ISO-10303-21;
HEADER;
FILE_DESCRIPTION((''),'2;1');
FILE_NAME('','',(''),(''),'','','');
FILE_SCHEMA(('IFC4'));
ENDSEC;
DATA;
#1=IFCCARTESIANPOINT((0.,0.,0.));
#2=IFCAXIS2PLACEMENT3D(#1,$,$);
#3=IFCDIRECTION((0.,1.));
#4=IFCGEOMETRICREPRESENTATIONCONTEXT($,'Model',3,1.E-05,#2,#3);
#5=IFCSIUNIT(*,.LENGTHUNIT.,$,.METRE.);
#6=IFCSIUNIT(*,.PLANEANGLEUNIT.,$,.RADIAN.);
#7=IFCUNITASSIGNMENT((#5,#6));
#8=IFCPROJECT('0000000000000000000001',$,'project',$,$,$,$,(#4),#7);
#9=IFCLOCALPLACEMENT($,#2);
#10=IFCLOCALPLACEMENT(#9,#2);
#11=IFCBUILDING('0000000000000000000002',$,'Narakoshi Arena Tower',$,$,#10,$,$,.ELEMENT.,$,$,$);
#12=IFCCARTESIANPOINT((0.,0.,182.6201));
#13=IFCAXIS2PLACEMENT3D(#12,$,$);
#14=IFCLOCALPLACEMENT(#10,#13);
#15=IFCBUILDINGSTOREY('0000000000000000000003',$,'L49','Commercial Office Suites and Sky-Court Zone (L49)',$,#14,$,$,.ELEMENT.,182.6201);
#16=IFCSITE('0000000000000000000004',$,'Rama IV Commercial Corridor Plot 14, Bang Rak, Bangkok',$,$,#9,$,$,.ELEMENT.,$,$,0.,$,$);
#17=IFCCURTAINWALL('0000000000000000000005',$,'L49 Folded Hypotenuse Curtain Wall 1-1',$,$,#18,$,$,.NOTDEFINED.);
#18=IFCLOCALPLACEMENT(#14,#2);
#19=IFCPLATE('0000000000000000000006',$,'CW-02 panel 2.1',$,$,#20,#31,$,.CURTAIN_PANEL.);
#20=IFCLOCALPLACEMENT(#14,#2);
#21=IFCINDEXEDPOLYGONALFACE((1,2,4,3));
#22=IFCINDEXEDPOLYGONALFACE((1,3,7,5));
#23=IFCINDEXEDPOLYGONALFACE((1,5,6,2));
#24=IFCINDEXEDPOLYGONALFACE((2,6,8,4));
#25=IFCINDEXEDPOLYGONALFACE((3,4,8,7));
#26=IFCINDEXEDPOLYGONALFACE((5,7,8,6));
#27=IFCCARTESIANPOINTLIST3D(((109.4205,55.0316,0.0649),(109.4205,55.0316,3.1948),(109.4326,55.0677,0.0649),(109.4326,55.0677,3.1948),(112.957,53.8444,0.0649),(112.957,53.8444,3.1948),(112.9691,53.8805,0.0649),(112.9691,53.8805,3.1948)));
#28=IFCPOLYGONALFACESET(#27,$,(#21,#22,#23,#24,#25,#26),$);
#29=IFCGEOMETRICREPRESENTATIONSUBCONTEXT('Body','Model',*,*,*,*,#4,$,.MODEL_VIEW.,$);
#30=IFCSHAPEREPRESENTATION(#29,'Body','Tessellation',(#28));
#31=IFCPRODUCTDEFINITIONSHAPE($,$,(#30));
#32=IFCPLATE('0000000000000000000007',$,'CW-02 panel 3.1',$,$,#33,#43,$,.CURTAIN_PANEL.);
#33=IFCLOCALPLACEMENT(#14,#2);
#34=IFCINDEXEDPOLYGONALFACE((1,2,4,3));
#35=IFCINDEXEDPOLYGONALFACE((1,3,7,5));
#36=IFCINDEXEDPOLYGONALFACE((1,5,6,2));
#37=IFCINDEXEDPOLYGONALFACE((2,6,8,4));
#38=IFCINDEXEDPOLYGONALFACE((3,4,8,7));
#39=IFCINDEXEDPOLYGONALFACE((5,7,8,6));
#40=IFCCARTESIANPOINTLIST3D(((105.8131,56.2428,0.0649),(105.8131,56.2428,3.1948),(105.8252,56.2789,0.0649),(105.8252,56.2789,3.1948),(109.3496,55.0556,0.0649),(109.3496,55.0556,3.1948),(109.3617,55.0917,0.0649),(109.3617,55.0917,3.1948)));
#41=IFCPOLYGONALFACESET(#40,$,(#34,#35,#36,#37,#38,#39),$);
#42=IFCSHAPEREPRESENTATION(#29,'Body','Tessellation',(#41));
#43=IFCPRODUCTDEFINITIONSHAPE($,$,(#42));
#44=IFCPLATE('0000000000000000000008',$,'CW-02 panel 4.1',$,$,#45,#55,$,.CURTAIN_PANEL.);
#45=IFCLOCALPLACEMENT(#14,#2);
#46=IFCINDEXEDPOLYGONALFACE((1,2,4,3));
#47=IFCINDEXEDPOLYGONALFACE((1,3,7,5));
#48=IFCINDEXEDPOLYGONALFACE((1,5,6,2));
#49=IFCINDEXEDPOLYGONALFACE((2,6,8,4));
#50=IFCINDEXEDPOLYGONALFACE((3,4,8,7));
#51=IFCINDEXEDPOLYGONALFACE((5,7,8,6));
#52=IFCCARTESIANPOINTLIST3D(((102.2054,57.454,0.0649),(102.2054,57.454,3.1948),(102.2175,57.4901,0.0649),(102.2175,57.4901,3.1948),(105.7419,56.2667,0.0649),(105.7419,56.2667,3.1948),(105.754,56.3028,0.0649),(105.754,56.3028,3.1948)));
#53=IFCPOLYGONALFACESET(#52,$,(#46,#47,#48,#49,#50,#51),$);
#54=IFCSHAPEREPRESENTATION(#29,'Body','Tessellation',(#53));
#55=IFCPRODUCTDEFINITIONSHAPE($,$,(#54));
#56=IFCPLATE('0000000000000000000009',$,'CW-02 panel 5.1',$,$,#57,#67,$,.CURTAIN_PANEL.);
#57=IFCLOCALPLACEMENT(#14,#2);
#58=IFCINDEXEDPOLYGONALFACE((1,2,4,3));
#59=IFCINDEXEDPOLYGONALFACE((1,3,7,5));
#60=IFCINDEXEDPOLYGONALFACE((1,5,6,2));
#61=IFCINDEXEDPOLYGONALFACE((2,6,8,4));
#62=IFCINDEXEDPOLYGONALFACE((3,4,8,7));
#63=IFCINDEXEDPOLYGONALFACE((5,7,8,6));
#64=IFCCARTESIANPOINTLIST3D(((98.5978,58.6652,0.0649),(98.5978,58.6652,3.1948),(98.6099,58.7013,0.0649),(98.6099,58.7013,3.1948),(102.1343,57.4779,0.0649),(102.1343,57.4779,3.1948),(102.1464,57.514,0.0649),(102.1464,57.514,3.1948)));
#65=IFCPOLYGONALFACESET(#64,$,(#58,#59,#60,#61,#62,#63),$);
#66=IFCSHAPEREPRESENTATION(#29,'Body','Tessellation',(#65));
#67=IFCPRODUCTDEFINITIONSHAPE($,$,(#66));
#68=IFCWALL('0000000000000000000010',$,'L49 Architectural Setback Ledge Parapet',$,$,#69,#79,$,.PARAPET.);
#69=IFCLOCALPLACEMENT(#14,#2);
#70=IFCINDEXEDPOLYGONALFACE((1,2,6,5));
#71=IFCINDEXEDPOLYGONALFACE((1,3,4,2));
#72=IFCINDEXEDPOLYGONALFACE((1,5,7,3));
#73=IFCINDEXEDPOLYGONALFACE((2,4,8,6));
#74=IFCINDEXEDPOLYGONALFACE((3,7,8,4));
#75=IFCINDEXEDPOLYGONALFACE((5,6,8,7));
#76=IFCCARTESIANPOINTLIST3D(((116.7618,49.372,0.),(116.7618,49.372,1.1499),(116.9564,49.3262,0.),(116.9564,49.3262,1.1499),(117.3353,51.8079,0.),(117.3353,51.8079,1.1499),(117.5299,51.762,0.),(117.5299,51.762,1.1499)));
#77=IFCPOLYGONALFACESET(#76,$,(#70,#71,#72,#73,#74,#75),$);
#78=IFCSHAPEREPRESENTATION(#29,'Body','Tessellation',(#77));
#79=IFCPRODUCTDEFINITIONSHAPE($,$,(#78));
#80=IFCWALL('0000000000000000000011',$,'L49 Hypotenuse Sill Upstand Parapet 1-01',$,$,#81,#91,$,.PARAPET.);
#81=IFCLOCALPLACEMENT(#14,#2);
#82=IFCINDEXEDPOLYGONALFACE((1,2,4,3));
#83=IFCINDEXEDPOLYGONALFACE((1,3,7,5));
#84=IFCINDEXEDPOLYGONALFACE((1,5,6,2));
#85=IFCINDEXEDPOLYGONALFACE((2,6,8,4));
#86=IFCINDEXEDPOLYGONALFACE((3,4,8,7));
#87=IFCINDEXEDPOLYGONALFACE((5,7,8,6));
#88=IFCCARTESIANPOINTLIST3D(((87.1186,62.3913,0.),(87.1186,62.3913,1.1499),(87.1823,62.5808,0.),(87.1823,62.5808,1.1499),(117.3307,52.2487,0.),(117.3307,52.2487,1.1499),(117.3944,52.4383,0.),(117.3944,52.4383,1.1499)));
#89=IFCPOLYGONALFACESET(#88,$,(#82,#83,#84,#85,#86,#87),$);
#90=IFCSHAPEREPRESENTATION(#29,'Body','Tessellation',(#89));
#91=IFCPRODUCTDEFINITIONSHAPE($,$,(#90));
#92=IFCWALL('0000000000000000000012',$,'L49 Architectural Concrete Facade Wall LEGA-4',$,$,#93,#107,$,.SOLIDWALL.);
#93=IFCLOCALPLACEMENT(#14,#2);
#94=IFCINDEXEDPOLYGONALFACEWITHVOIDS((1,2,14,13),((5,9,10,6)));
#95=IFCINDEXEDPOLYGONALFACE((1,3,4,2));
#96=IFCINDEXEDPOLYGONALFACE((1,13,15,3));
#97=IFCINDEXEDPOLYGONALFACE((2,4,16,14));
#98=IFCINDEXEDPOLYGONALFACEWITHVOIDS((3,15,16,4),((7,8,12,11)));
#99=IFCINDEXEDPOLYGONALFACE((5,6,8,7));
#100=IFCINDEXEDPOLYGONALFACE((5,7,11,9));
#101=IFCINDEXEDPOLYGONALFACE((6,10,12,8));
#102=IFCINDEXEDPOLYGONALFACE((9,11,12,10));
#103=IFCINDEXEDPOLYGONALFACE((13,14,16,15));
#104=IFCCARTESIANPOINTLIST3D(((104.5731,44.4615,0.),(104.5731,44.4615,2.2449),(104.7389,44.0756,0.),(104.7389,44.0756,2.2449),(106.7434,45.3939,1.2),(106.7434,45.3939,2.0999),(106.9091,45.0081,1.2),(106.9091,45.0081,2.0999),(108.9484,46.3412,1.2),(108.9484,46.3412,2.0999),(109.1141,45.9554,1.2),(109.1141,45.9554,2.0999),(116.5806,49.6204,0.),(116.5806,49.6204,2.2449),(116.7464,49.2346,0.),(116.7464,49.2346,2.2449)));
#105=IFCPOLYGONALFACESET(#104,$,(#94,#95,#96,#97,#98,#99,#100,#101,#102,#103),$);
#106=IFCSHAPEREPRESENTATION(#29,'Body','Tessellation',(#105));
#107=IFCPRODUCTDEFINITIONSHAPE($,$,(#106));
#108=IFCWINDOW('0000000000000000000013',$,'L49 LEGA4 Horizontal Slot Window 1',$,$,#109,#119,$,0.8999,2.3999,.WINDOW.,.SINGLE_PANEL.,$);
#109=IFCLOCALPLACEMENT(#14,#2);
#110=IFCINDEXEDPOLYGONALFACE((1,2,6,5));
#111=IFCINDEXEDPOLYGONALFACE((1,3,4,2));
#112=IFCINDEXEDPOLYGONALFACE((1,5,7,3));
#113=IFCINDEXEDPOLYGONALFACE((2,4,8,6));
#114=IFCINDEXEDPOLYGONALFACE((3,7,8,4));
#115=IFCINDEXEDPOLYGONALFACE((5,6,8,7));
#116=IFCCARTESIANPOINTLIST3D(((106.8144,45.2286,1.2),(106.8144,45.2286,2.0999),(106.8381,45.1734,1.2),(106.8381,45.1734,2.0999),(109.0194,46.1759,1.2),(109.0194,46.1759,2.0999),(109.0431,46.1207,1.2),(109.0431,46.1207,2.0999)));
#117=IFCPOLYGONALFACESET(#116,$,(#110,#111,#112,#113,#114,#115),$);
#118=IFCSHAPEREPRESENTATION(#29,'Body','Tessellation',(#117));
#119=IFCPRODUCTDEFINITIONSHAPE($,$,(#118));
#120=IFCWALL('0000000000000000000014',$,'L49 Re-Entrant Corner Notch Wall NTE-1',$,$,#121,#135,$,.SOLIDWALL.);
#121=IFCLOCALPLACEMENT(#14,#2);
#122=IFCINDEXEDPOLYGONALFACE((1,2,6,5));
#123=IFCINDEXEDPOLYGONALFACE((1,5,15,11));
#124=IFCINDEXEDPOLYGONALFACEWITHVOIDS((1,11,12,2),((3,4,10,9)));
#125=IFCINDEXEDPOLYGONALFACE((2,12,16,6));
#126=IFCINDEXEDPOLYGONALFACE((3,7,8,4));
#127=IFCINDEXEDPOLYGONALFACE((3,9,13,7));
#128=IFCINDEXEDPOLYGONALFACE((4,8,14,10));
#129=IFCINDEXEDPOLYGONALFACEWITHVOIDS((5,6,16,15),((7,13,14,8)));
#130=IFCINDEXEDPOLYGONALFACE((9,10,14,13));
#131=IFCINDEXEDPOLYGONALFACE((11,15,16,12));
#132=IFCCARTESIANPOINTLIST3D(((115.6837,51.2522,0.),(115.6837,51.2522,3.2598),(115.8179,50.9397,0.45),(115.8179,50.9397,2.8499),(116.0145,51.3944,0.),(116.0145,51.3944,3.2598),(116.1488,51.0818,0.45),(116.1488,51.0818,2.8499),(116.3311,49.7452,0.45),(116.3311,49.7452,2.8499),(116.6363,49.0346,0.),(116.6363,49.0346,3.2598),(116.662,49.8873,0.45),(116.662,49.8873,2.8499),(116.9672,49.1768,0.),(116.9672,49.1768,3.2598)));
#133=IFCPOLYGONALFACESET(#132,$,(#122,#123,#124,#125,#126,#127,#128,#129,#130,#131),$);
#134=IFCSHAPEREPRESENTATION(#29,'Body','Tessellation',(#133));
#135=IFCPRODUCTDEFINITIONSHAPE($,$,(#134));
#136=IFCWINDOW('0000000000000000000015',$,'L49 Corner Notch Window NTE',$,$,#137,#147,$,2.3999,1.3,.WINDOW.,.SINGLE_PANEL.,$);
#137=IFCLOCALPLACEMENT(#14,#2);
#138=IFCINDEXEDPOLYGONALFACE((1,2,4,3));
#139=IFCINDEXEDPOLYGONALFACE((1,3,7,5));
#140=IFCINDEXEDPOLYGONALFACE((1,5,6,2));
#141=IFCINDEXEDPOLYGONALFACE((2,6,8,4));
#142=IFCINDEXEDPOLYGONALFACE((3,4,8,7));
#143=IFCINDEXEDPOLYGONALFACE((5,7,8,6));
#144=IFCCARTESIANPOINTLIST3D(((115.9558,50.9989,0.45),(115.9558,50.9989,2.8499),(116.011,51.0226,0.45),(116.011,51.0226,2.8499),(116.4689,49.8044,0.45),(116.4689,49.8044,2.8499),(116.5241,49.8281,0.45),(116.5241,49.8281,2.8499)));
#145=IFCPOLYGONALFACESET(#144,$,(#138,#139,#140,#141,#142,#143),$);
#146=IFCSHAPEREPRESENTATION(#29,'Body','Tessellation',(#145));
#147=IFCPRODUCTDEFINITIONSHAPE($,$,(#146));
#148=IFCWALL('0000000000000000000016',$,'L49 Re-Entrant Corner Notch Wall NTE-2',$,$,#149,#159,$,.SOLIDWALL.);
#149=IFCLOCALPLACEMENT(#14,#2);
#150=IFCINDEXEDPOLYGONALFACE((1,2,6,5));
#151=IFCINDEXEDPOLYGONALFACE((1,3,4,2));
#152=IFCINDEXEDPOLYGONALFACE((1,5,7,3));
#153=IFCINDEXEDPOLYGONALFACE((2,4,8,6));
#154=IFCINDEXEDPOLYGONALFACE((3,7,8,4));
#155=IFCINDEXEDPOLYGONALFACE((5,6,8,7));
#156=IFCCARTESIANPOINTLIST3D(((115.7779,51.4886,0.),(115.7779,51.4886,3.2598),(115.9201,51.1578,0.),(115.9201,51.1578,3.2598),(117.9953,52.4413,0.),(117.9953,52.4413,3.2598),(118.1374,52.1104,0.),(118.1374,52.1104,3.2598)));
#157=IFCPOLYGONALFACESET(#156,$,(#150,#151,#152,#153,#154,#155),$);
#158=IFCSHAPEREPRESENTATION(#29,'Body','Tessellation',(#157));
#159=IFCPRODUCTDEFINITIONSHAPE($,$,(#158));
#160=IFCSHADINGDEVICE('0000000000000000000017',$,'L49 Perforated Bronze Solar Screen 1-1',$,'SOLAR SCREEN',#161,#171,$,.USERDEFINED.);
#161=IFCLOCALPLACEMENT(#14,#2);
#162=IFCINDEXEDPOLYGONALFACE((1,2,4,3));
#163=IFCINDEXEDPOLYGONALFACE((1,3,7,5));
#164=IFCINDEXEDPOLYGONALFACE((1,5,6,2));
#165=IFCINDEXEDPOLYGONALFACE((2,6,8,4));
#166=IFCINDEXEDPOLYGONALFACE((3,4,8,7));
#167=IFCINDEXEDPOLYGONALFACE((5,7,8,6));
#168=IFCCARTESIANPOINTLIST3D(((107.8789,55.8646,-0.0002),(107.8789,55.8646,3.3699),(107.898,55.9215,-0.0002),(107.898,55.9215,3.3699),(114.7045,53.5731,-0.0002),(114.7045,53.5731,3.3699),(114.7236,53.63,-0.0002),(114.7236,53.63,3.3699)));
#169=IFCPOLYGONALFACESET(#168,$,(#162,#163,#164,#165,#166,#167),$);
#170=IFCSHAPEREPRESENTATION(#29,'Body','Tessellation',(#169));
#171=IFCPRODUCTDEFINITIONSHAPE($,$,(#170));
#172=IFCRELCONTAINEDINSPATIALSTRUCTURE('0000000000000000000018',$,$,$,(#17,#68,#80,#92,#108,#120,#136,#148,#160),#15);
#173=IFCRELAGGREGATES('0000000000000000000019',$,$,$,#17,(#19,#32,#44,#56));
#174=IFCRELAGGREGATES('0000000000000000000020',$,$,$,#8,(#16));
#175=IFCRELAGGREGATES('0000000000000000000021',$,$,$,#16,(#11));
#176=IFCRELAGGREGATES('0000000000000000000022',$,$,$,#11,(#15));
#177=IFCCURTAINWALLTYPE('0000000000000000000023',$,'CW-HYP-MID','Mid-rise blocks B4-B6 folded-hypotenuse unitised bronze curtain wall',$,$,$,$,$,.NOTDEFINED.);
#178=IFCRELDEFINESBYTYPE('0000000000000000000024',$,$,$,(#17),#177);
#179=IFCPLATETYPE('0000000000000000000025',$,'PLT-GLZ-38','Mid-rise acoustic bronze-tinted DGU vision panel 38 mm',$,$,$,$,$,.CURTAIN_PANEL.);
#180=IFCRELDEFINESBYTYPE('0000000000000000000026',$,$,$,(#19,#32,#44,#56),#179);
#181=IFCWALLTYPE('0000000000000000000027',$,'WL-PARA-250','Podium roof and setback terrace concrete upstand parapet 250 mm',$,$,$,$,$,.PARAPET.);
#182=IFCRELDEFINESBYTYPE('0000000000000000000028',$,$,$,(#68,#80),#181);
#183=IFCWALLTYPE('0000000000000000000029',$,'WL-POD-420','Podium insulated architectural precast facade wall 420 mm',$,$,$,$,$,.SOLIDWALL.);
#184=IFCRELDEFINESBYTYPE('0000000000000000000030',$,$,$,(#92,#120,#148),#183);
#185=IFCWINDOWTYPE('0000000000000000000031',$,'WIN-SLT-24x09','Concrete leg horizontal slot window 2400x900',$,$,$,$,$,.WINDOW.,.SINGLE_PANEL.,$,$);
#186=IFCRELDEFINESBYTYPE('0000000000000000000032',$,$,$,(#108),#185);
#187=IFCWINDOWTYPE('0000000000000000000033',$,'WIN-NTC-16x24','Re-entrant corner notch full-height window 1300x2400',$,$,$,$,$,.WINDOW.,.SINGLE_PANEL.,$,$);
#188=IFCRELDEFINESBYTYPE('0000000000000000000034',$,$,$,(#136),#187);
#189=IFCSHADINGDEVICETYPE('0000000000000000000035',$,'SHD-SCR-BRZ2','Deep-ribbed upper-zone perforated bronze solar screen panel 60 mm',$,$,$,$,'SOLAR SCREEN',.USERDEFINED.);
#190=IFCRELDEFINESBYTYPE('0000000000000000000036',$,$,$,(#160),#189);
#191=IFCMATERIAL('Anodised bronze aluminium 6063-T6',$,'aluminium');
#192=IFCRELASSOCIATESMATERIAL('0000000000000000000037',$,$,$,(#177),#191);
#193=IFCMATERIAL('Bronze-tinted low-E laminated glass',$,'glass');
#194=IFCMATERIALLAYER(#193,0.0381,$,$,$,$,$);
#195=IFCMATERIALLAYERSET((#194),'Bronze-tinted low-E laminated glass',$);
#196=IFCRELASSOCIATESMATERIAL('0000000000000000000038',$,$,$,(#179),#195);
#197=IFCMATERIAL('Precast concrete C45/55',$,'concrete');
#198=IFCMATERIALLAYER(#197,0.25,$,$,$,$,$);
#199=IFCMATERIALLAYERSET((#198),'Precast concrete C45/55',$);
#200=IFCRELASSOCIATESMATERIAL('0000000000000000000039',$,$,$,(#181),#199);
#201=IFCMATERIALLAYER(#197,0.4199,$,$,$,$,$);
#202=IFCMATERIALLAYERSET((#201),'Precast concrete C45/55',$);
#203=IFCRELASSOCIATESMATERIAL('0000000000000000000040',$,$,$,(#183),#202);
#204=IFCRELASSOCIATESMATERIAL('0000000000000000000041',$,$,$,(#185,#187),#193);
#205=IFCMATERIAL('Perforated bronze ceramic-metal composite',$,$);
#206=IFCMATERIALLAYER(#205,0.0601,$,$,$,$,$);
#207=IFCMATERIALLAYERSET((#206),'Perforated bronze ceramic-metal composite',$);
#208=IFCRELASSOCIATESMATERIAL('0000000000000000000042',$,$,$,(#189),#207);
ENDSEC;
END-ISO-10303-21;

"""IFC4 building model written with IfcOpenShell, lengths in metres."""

from ifc_helpers import new_model, si_unit, direction, frame, frame_2d, origin, origin_2d, place, context, subcontext, project, spatial, rectangle, extrude, material, layer, layer_set, type_object, element, fill, aggregate, save


model = new_model("IFC4")

# Units and contexts
model_context = context("Model", 3, precision=1e-05, world=origin(), true_north=direction((0.0, 1.0)))
body_context = subcontext(model_context, "Body", "Model", "MODEL_VIEW")
ifc_project = project(units=[si_unit("LENGTHUNIT", "METRE"), si_unit("PLANEANGLEUNIT", "RADIAN")], contexts=[model_context])

# Site, building, storey
site_placement = place(None, origin())
site = spatial("IfcSite", under=ifc_project, at=site_placement, Name="Rama IV Commercial Corridor Plot 14, Bang Rak, Bangkok", CompositionType="ELEMENT", RefElevation=0.0)
building_placement = place(site_placement, origin())
building = spatial("IfcBuilding", under=site, at=building_placement, Name="Narakoshi Arena Tower", CompositionType="ELEMENT")
storey_placement = place(building_placement, frame((0.0, 0.0, 182.6201)))
storey = spatial("IfcBuildingStorey", under=building, at=storey_placement, Name="L49", Description="Commercial Office Suites and Sky-Court Zone (L49)", CompositionType="ELEMENT", Elevation=182.6201)

# Curtain wall, plates
ifc_material_1 = material(Name="Anodised bronze aluminium 6063-T6", Category="aluminium")
curtain_wall_type = type_object("IfcCurtainWallType", Name="CW-HYP-MID", Description="Mid-rise blocks B4-B6 folded-hypotenuse unitised bronze curtain wall", PredefinedType="NOTDEFINED", material=ifc_material_1)
curtain_wall_placement = place(storey_placement, origin())
curtain_wall = element("IfcCurtainWall", 1, at=curtain_wall_placement, inside=storey, type_object=curtain_wall_type, Name="L49 Folded Hypotenuse Curtain Wall 1-1", PredefinedType="NOTDEFINED")
ifc_material_2 = material(Name="Bronze-tinted low-E laminated glass", Category="glass")
ifc_layer_1 = layer(ifc_material_2, 0.0381)
ifc_layer_set_1 = layer_set([ifc_layer_1], Name="Bronze-tinted low-E laminated glass")
plate_type = type_object("IfcPlateType", Name="PLT-GLZ-38", Description="Mid-rise acoustic bronze-tinted DGU vision panel 38 mm", PredefinedType="CURTAIN_PANEL", material=ifc_layer_set_1)
plate_1_placement = place(storey_placement, frame((111.1948, 54.4561, 0.0649), z_axis=(0.0, 0.0, 1.0), x_axis=(-0.948003, 0.318261, 0.0)))
plate_1 = element("IfcPlate", 2, at=plate_1_placement, type_object=plate_type, Name="CW-02 panel 2.1", PredefinedType="CURTAIN_PANEL", context=body_context, shape_type="SweptSolid", body=[
    extrude(rectangle(XDim=3.7305, YDim=0.0381, at=origin_2d()), origin(), (0.0, 0.0, 1.0), 3.1299),
])
plate_2_placement = place(storey_placement, frame((107.5874, 55.6672, 0.0649), z_axis=(0.0, 0.0, 1.0), x_axis=(-0.948003, 0.318261, 0.0)))
plate_2 = element("IfcPlate", 3, at=plate_2_placement, type_object=plate_type, Name="CW-02 panel 3.1", PredefinedType="CURTAIN_PANEL", context=body_context, shape_type="SweptSolid", body=[
    extrude(rectangle(XDim=3.7305, YDim=0.0381, at=origin_2d()), origin(), (0.0, 0.0, 1.0), 3.1299),
])
plate_3_placement = place(storey_placement, frame((103.9797, 56.8784, 0.0649), z_axis=(0.0, 0.0, 1.0), x_axis=(-0.948003, 0.318261, 0.0)))
plate_3 = element("IfcPlate", 4, at=plate_3_placement, type_object=plate_type, Name="CW-02 panel 4.1", PredefinedType="CURTAIN_PANEL", context=body_context, shape_type="SweptSolid", body=[
    extrude(rectangle(XDim=3.7305, YDim=0.0381, at=origin_2d()), origin(), (0.0, 0.0, 1.0), 3.1299),
])
plate_4_placement = place(storey_placement, frame((100.3721, 58.0896, 0.0649), z_axis=(0.0, 0.0, 1.0), x_axis=(-0.948003, 0.318261, 0.0)))
plate_4 = element("IfcPlate", 5, at=plate_4_placement, type_object=plate_type, Name="CW-02 panel 5.1", PredefinedType="CURTAIN_PANEL", context=body_context, shape_type="SweptSolid", body=[
    extrude(rectangle(XDim=3.7305, YDim=0.0381, at=origin_2d()), origin(), (0.0, 0.0, 1.0), 3.1299),
])
aggregate(curtain_wall, [plate_1, plate_2, plate_3, plate_4])

# Walls
ifc_material_3 = material(Name="Precast concrete C45/55", Category="concrete")
ifc_layer_2 = layer(ifc_material_3, 0.25)
ifc_layer_set_2 = layer_set([ifc_layer_2], Name="Precast concrete C45/55")
wall_type_1 = type_object("IfcWallType", Name="WL-PARA-250", Description="Podium roof and setback terrace concrete upstand parapet 250 mm", PredefinedType="PARAPET", material=ifc_layer_set_2)
wall_1_placement = place(storey_placement, frame((116.8591, 49.3491, 0.0), z_axis=(0.0, 0.0, 1.0), x_axis=(0.229175, 0.973385, 0.0)))
element("IfcWall", 6, at=wall_1_placement, inside=storey, type_object=wall_type_1, Name="L49 Architectural Setback Ledge Parapet", PredefinedType="PARAPET", context=body_context, shape_type="SweptSolid", body=[
    extrude(rectangle(XDim=2.5024, YDim=0.2, at=frame_2d((1.2512, 0.0))), origin(), (0.0, 0.0, 1.0), 1.1499),
])
wall_2_placement = place(storey_placement, frame((117.3625, 52.3435, 0.0), z_axis=(0.0, 0.0, 1.0), x_axis=(-0.948005, 0.318256, 0.0)))
element("IfcWall", 7, at=wall_2_placement, inside=storey, type_object=wall_type_1, Name="L49 Hypotenuse Sill Upstand Parapet 1-01", PredefinedType="PARAPET", context=body_context, shape_type="SweptSolid", body=[
    extrude(rectangle(XDim=31.8691, YDim=0.2, at=frame_2d((15.9346, 0.0))), origin(), (0.0, 0.0, 1.0), 1.1499),
])

# Walls, openings, windows
ifc_layer_3 = layer(ifc_material_3, 0.4199)
ifc_layer_set_3 = layer_set([ifc_layer_3], Name="Precast concrete C45/55")
wall_type_2 = type_object("IfcWallType", Name="WL-POD-420", Description="Podium insulated architectural precast facade wall 420 mm", PredefinedType="SOLIDWALL", material=ifc_layer_set_3)
wall_3_placement = place(storey_placement, frame((104.656, 44.2686, 0.0), z_axis=(0.0, 0.0, 1.0), x_axis=(0.918789, 0.394749, 0.0)))
wall_3 = element("IfcWall", 8, at=wall_3_placement, inside=storey, type_object=wall_type_2, Name="L49 Architectural Concrete Facade Wall LEGA-4", PredefinedType="SOLIDWALL", context=body_context, shape_type="SweptSolid", body=[
    extrude(rectangle(XDim=13.0688, YDim=0.4199, at=frame_2d((6.5344, 0.0))), origin(), (0.0, 0.0, 1.0), 2.2449),
])
opening_1_placement = place(wall_3_placement, frame((2.3621, 0.0, 1.2)))
opening_1 = element("IfcOpeningElement", 9, at=opening_1_placement, cuts=wall_3, PredefinedType="OPENING", context=body_context, shape_type="SweptSolid", body=[
    extrude(rectangle(XDim=2.3999, YDim=0.8999, at=frame_2d((1.2, 0.45))), frame((0.0, 0.22, 0.0), z_axis=(0.0, -1.0, 0.0), x_axis=(1.0, 0.0, 0.0)), (0.0, 0.0, 1.0), 0.4399),
])
window_type_1 = type_object("IfcWindowType", Name="WIN-SLT-24x09", Description="Concrete leg horizontal slot window 2400x900", PartitioningType="SINGLE_PANEL", PredefinedType="WINDOW", material=ifc_material_2)
window_1_placement = place(opening_1_placement, origin())
window_1 = element("IfcWindow", 10, at=window_1_placement, inside=storey, type_object=window_type_1, Name="L49 LEGA4 Horizontal Slot Window 1", OverallHeight=0.8999, OverallWidth=2.3999, PartitioningType="SINGLE_PANEL", PredefinedType="WINDOW", context=body_context, shape_type="SweptSolid", body=[
    extrude(rectangle(XDim=2.3999, YDim=0.8999, at=frame_2d((1.2, 0.45))), frame((0.0, 0.03, 0.0), z_axis=(0.0, -1.0, 0.0), x_axis=(1.0, 0.0, 0.0)), (0.0, 0.0, 1.0), 0.0601),
])
fill(opening_1, window_1)
wall_4_placement = place(storey_placement, frame((116.8018, 49.1057, 0.0), z_axis=(0.0, 0.0, 1.0), x_axis=(-0.394713, 0.918805, 0.0)))
wall_4 = element("IfcWall", 11, at=wall_4_placement, inside=storey, type_object=wall_type_2, Name="L49 Re-Entrant Corner Notch Wall NTE-1", PredefinedType="SOLIDWALL", context=body_context, shape_type="SweptSolid", body=[
    extrude(rectangle(XDim=2.4136, YDim=0.3601, at=frame_2d((1.2068, 0.0))), origin(), (0.0, 0.0, 1.0), 3.2598),
])
opening_2_placement = place(wall_4_placement, frame((0.7734, 0.0, 0.45)))
opening_2 = element("IfcOpeningElement", 12, at=opening_2_placement, cuts=wall_4, PredefinedType="OPENING", context=body_context, shape_type="SweptSolid", body=[
    extrude(rectangle(XDim=1.3, YDim=2.3999, at=frame_2d((0.6499, 1.2))), frame((0.0, 0.1899, 0.0), z_axis=(0.0, -1.0, 0.0), x_axis=(1.0, 0.0, 0.0)), (0.0, 0.0, 1.0), 0.3801),
])
window_type_2 = type_object("IfcWindowType", Name="WIN-NTC-16x24", Description="Re-entrant corner notch full-height window 1300x2400", PartitioningType="SINGLE_PANEL", PredefinedType="WINDOW", material=ifc_material_2)
window_2_placement = place(opening_2_placement, origin())
window_2 = element("IfcWindow", 13, at=window_2_placement, inside=storey, type_object=window_type_2, Name="L49 Corner Notch Window NTE", OverallHeight=2.3999, OverallWidth=1.3, PartitioningType="SINGLE_PANEL", PredefinedType="WINDOW", context=body_context, shape_type="SweptSolid", body=[
    extrude(rectangle(XDim=1.3, YDim=2.3999, at=frame_2d((0.6499, 1.2))), frame((0.0, 0.03, 0.0), z_axis=(0.0, -1.0, 0.0), x_axis=(1.0, 0.0, 0.0)), (0.0, 0.0, 1.0), 0.0601),
])
fill(opening_2, window_2)

# Wall
wall_5_placement = place(storey_placement, frame((115.8491, 51.3232, 0.0), z_axis=(0.0, 0.0, 1.0), x_axis=(0.918789, 0.394749, 0.0)))
element("IfcWall", 14, at=wall_5_placement, inside=storey, type_object=wall_type_2, Name="L49 Re-Entrant Corner Notch Wall NTE-2", PredefinedType="SOLIDWALL", context=body_context, shape_type="SweptSolid", body=[
    extrude(rectangle(XDim=2.4133, YDim=0.3601, at=frame_2d((1.2065, 0.0))), origin(), (0.0, 0.0, 1.0), 3.2598),
])

# Shading device
ifc_material_4 = material(Name="Perforated bronze ceramic-metal composite")
ifc_layer_4 = layer(ifc_material_4, 0.0601)
ifc_layer_set_4 = layer_set([ifc_layer_4], Name="Perforated bronze ceramic-metal composite")
shading_device_type = type_object("IfcShadingDeviceType", Name="SHD-SCR-BRZ2", Description="Deep-ribbed upper-zone perforated bronze solar screen panel 60 mm", ElementType="SOLAR SCREEN", PredefinedType="USERDEFINED", material=ifc_layer_set_4)
shading_device_placement = place(storey_placement, frame((111.3013, 54.7473, -0.0002), z_axis=(0.0, 0.0, 1.0), x_axis=(-0.948002, 0.318264, 0.0)))
element("IfcShadingDevice", 15, at=shading_device_placement, inside=storey, type_object=shading_device_type, Name="L49 Perforated Bronze Solar Screen 1-1", ObjectType="SOLAR SCREEN", PredefinedType="USERDEFINED", context=body_context, shape_type="SweptSolid", body=[
    extrude(rectangle(XDim=7.2, YDim=0.0601, at=origin_2d()), origin(), (0.0, 0.0, 1.0), 3.3701),
])

save(model, "model.ifc")
